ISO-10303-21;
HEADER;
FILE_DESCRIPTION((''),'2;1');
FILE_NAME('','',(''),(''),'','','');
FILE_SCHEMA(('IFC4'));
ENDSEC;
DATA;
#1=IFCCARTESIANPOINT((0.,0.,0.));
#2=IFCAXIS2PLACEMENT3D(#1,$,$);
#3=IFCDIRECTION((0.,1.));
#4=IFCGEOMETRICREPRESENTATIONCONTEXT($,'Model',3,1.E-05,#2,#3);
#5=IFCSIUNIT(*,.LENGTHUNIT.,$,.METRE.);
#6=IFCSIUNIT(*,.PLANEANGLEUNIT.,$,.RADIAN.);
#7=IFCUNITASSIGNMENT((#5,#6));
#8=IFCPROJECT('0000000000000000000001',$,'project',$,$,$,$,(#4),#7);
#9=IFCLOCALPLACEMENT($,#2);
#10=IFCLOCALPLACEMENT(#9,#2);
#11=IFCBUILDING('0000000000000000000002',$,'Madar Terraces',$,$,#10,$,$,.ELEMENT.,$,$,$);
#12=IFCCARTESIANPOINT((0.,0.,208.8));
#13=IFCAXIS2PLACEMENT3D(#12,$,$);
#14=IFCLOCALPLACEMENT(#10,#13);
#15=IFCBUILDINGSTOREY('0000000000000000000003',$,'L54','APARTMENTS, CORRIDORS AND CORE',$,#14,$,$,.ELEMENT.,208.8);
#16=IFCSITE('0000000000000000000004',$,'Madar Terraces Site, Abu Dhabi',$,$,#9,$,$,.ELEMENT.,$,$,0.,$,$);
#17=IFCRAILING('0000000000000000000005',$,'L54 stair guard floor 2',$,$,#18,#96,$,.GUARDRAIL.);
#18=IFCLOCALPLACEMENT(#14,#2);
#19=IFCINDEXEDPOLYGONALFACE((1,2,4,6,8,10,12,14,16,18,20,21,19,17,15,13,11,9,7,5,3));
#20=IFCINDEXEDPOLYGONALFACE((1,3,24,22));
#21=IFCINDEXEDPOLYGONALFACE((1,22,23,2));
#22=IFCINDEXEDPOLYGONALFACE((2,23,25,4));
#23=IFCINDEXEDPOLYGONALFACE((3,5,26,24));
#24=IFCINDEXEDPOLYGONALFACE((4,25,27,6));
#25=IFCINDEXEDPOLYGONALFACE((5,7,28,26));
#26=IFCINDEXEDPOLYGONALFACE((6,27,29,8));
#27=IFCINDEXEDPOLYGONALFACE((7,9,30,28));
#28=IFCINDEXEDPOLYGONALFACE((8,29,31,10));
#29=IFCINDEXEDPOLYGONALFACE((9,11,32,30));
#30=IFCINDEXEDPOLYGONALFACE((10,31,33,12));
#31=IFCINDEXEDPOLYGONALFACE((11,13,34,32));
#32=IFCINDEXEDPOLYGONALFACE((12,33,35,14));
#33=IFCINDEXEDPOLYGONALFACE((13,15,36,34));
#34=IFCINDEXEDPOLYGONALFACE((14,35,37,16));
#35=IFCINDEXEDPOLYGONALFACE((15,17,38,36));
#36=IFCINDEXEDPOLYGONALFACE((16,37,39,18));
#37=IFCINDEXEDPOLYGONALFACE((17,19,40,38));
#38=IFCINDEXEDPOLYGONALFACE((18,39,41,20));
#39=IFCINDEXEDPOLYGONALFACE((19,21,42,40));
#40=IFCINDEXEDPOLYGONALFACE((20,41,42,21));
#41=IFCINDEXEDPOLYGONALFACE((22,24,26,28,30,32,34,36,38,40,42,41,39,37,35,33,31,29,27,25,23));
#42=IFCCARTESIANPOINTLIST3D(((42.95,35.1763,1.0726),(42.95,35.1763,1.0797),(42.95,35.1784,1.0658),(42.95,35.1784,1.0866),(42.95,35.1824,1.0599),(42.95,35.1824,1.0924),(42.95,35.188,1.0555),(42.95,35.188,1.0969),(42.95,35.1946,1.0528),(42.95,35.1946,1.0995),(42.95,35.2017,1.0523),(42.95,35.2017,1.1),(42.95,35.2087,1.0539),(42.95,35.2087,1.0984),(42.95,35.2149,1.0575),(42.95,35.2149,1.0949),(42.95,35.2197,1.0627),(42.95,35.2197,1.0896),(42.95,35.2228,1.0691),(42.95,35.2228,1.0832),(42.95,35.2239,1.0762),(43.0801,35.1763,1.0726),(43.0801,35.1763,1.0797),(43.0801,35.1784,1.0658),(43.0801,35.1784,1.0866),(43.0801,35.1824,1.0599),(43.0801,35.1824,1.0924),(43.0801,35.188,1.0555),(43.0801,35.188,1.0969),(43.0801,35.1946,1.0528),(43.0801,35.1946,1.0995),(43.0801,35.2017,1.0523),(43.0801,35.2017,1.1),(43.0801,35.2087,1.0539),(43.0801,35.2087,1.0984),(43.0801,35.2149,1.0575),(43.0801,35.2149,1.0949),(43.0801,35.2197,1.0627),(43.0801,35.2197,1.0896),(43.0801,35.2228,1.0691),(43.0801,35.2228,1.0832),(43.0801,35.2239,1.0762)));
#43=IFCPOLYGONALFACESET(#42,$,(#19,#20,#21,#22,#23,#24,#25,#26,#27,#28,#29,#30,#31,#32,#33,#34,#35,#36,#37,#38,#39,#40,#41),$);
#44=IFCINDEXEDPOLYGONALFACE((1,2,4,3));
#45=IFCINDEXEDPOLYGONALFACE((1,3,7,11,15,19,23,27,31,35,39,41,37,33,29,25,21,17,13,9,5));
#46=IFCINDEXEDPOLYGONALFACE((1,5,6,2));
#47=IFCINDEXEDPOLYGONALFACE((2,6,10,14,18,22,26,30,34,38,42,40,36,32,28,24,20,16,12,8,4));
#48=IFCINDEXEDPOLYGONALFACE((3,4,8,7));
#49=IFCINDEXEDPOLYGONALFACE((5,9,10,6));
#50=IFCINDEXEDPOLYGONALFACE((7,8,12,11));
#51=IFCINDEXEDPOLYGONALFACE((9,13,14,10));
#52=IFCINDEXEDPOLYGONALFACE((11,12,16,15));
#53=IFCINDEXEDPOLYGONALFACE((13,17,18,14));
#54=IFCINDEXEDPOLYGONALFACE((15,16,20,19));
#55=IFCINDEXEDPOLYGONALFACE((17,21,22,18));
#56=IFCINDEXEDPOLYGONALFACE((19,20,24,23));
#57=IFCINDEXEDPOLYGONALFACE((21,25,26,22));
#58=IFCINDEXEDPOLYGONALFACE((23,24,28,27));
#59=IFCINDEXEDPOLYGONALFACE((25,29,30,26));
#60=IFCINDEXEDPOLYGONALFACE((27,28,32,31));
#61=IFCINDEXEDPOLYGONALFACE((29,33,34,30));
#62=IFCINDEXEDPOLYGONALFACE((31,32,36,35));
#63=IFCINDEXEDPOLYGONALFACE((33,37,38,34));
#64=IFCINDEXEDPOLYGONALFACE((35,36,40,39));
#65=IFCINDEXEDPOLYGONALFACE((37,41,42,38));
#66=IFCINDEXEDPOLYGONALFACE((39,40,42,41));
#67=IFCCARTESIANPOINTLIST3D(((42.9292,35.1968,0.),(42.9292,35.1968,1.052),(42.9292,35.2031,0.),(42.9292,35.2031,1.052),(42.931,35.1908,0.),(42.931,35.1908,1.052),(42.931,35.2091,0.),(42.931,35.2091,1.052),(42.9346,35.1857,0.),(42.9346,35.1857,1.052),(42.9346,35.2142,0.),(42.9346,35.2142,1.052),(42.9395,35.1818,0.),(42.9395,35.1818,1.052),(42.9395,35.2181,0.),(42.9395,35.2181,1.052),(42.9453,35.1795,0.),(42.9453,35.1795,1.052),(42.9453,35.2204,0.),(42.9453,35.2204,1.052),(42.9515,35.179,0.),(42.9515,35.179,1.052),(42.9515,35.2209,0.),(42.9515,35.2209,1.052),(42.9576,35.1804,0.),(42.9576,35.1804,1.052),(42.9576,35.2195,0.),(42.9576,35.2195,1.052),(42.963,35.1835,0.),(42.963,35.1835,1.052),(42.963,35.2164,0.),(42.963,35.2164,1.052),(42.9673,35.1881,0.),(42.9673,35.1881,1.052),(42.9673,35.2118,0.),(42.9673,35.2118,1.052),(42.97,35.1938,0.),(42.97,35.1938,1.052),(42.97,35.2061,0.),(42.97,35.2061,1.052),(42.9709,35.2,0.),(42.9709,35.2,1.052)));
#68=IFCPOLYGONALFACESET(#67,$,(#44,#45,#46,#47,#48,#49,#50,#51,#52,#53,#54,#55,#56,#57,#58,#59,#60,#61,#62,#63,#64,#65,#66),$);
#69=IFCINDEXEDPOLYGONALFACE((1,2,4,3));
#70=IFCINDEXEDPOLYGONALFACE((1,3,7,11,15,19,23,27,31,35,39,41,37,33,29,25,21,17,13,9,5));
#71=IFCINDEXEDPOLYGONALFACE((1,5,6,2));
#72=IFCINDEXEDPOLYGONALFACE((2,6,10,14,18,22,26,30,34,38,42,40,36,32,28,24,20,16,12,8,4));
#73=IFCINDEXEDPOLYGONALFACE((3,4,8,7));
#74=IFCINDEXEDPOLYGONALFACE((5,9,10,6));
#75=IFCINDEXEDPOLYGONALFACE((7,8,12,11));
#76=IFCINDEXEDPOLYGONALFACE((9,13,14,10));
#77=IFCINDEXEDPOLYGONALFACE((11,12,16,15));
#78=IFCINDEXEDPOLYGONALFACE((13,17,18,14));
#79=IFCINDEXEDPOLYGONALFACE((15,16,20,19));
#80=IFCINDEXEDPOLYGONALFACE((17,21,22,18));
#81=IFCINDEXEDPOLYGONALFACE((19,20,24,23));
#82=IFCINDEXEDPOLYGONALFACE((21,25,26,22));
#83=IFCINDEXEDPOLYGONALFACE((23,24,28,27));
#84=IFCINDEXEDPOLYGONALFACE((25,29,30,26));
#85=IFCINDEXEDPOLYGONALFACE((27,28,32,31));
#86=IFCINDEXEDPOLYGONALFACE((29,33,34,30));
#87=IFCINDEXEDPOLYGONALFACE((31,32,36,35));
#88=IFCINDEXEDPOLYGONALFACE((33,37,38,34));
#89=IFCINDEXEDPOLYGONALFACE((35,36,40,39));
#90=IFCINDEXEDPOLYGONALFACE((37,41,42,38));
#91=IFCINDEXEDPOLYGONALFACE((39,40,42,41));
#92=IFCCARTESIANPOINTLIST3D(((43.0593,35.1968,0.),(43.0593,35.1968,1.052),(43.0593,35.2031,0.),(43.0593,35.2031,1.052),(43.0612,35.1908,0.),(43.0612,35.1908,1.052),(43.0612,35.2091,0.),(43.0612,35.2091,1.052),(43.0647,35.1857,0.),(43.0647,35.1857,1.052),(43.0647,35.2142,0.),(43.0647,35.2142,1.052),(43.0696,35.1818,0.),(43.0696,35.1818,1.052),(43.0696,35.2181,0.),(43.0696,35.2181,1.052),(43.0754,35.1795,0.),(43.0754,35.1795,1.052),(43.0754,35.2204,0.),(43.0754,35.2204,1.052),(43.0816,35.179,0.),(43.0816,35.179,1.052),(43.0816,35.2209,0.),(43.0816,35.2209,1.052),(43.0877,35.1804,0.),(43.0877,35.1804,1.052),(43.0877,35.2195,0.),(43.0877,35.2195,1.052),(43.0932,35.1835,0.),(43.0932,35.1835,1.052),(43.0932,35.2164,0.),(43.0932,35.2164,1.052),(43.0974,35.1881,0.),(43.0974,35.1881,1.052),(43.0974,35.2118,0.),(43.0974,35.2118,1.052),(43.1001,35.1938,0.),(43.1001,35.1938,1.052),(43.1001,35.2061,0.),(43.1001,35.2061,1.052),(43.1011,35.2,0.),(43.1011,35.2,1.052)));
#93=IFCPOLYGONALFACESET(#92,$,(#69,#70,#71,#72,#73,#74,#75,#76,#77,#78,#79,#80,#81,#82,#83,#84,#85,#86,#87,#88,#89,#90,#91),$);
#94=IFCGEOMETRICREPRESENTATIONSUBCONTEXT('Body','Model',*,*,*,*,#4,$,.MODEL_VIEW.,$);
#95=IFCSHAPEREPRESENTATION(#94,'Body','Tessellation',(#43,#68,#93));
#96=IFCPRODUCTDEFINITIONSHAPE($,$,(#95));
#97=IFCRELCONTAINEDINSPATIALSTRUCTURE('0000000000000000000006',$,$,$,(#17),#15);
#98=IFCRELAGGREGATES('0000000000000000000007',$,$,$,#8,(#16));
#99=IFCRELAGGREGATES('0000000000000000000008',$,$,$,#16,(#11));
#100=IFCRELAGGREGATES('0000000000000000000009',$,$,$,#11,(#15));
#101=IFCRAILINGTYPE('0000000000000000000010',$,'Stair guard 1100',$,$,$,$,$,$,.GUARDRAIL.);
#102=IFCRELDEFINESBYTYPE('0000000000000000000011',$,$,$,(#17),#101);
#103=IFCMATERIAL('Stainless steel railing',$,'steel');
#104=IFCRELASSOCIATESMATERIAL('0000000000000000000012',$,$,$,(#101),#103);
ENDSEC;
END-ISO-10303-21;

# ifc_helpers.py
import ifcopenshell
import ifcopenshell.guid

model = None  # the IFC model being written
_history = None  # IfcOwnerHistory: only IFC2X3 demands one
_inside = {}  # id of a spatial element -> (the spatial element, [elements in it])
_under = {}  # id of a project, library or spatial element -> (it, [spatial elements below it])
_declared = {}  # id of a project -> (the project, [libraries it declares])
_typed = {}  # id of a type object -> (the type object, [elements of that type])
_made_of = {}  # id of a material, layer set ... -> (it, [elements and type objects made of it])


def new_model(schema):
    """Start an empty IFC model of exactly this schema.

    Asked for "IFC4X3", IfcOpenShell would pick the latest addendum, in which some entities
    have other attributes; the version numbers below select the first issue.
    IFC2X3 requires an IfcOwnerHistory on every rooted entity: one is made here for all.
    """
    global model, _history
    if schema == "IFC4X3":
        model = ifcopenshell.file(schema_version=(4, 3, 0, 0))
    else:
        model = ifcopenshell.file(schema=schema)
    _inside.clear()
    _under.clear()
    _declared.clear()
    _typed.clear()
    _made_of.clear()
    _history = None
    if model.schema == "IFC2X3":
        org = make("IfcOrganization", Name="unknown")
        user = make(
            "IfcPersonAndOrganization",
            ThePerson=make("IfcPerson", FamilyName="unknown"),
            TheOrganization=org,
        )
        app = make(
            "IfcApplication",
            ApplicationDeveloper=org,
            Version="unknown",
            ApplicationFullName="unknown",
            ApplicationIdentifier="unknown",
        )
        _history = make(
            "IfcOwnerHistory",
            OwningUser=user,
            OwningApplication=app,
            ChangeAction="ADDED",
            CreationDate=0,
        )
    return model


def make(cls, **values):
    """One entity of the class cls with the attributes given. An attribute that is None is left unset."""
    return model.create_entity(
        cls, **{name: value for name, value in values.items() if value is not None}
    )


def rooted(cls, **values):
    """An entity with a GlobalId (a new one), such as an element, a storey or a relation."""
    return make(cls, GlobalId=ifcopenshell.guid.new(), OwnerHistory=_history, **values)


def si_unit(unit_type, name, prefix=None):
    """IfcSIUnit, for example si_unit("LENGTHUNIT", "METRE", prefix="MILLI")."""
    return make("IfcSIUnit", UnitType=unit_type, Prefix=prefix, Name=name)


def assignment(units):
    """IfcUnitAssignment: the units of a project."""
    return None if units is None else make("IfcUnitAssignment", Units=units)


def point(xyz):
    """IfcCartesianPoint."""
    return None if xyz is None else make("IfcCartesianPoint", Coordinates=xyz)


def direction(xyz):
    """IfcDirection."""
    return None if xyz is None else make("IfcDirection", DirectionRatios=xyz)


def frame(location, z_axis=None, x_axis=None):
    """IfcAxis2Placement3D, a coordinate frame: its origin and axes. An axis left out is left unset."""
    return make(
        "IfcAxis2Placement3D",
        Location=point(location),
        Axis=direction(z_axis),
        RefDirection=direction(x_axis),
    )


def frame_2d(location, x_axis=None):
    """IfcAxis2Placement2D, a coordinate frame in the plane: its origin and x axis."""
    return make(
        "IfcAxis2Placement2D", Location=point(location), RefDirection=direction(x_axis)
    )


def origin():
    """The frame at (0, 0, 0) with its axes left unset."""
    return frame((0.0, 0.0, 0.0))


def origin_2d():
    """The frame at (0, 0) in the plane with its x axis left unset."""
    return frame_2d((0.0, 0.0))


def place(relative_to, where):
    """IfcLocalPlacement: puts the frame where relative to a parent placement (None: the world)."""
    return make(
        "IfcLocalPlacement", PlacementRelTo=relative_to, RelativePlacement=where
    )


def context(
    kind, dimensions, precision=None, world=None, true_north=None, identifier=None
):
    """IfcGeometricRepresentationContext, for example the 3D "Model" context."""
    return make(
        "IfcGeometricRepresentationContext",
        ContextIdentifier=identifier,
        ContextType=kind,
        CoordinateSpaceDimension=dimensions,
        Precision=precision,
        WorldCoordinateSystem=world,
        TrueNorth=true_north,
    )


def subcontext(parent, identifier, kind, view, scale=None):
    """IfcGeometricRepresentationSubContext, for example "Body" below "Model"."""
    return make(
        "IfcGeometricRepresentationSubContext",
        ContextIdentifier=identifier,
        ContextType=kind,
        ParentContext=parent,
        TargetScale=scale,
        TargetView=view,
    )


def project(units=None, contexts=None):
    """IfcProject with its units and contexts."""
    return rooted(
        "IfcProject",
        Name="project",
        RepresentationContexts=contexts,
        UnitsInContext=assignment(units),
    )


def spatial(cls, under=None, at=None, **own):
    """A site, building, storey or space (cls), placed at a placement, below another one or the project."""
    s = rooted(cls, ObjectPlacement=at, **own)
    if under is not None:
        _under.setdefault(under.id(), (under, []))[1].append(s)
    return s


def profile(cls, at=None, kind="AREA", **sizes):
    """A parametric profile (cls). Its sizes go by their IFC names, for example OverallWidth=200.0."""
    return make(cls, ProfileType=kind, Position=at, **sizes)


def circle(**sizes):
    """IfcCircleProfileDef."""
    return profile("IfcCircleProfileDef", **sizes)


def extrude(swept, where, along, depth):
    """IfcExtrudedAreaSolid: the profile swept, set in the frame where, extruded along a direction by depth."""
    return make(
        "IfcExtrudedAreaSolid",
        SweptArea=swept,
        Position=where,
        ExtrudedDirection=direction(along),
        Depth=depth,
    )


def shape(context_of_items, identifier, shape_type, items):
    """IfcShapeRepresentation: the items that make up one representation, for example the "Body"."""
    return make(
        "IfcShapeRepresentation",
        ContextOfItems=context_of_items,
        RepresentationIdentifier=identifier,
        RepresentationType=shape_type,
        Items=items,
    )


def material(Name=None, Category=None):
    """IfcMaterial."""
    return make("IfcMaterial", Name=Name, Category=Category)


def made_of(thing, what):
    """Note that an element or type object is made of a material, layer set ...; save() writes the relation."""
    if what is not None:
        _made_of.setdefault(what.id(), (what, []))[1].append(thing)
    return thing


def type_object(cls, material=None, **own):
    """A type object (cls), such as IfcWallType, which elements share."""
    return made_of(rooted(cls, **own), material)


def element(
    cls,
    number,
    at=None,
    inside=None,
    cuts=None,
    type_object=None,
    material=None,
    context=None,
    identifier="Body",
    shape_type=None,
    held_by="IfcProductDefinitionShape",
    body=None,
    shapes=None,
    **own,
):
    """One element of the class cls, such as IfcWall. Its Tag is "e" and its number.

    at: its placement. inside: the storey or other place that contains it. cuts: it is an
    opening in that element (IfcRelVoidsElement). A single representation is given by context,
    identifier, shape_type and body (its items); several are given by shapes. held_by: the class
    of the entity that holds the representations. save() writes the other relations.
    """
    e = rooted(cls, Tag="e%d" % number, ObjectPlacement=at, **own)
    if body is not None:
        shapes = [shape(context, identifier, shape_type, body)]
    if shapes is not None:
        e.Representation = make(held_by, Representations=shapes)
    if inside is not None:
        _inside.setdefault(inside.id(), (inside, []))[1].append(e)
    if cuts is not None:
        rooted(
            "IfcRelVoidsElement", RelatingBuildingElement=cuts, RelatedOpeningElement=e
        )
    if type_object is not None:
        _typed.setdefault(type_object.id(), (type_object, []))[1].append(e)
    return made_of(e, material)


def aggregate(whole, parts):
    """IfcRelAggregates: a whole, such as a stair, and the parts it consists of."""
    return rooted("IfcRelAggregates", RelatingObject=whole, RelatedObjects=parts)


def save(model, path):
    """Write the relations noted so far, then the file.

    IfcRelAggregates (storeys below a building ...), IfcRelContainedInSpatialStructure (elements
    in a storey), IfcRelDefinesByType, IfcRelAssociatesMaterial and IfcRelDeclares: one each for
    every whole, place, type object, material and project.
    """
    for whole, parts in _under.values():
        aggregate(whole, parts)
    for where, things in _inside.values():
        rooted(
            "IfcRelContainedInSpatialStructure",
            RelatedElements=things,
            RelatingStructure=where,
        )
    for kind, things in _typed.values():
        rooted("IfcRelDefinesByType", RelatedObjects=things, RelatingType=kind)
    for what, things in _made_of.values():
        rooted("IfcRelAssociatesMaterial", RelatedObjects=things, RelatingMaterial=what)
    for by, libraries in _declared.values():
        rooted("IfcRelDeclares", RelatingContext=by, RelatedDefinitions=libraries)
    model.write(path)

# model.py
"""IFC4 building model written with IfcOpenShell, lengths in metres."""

from ifc_helpers import new_model, si_unit, direction, frame, origin, origin_2d, place, context, subcontext, project, spatial, circle, extrude, material, type_object, element, save


model = new_model("IFC4")

# Units and contexts
model_context = context("Model", 3, precision=1e-05, world=origin(), true_north=direction((0.0, 1.0)))
body_context = subcontext(model_context, "Body", "Model", "MODEL_VIEW")
ifc_project = project(units=[si_unit("LENGTHUNIT", "METRE"), si_unit("PLANEANGLEUNIT", "RADIAN")], contexts=[model_context])

# Site, building, storey
site_placement = place(None, origin())
site = spatial("IfcSite", under=ifc_project, at=site_placement, Name="Madar Terraces Site, Abu Dhabi", CompositionType="ELEMENT", RefElevation=0.0)
building_placement = place(site_placement, origin())
building = spatial("IfcBuilding", under=site, at=building_placement, Name="Madar Terraces", CompositionType="ELEMENT")
storey_placement = place(building_placement, frame((0.0, 0.0, 208.8)))
storey = spatial("IfcBuildingStorey", under=building, at=storey_placement, Name="L54", Description="APARTMENTS, CORRIDORS AND CORE", CompositionType="ELEMENT", Elevation=208.8)

# Railing
ifc_material_1 = material(Name="Stainless steel railing", Category="steel")
railing_type_1 = type_object("IfcRailingType", Name="Stair guard 1100", PredefinedType="GUARDRAIL", material=ifc_material_1)
railing_1_placement = place(storey_placement, frame((42.95, 35.2, 0.0)))
element("IfcRailing", 1, at=railing_1_placement, inside=storey, type_object=railing_type_1, Name="L54 stair guard floor 2", PredefinedType="GUARDRAIL", context=body_context, shape_type="SweptSolid", body=[
    extrude(circle(Radius=0.0239, at=origin_2d()), frame((0.0, 0.0, 1.0762), z_axis=(1.0, 0.0, 0.0), x_axis=(0.0, 1.0, 0.0)), (0.0, 0.0, 1.0), 0.1301),
    extrude(circle(Radius=0.021, at=origin_2d()), origin(), (0.0, 0.0, 1.0), 1.052),
    extrude(circle(Radius=0.021, at=origin_2d()), frame((0.1301, 0.0, 0.0)), (0.0, 0.0, 1.0), 1.052),
])

save(model, "model.ifc")
